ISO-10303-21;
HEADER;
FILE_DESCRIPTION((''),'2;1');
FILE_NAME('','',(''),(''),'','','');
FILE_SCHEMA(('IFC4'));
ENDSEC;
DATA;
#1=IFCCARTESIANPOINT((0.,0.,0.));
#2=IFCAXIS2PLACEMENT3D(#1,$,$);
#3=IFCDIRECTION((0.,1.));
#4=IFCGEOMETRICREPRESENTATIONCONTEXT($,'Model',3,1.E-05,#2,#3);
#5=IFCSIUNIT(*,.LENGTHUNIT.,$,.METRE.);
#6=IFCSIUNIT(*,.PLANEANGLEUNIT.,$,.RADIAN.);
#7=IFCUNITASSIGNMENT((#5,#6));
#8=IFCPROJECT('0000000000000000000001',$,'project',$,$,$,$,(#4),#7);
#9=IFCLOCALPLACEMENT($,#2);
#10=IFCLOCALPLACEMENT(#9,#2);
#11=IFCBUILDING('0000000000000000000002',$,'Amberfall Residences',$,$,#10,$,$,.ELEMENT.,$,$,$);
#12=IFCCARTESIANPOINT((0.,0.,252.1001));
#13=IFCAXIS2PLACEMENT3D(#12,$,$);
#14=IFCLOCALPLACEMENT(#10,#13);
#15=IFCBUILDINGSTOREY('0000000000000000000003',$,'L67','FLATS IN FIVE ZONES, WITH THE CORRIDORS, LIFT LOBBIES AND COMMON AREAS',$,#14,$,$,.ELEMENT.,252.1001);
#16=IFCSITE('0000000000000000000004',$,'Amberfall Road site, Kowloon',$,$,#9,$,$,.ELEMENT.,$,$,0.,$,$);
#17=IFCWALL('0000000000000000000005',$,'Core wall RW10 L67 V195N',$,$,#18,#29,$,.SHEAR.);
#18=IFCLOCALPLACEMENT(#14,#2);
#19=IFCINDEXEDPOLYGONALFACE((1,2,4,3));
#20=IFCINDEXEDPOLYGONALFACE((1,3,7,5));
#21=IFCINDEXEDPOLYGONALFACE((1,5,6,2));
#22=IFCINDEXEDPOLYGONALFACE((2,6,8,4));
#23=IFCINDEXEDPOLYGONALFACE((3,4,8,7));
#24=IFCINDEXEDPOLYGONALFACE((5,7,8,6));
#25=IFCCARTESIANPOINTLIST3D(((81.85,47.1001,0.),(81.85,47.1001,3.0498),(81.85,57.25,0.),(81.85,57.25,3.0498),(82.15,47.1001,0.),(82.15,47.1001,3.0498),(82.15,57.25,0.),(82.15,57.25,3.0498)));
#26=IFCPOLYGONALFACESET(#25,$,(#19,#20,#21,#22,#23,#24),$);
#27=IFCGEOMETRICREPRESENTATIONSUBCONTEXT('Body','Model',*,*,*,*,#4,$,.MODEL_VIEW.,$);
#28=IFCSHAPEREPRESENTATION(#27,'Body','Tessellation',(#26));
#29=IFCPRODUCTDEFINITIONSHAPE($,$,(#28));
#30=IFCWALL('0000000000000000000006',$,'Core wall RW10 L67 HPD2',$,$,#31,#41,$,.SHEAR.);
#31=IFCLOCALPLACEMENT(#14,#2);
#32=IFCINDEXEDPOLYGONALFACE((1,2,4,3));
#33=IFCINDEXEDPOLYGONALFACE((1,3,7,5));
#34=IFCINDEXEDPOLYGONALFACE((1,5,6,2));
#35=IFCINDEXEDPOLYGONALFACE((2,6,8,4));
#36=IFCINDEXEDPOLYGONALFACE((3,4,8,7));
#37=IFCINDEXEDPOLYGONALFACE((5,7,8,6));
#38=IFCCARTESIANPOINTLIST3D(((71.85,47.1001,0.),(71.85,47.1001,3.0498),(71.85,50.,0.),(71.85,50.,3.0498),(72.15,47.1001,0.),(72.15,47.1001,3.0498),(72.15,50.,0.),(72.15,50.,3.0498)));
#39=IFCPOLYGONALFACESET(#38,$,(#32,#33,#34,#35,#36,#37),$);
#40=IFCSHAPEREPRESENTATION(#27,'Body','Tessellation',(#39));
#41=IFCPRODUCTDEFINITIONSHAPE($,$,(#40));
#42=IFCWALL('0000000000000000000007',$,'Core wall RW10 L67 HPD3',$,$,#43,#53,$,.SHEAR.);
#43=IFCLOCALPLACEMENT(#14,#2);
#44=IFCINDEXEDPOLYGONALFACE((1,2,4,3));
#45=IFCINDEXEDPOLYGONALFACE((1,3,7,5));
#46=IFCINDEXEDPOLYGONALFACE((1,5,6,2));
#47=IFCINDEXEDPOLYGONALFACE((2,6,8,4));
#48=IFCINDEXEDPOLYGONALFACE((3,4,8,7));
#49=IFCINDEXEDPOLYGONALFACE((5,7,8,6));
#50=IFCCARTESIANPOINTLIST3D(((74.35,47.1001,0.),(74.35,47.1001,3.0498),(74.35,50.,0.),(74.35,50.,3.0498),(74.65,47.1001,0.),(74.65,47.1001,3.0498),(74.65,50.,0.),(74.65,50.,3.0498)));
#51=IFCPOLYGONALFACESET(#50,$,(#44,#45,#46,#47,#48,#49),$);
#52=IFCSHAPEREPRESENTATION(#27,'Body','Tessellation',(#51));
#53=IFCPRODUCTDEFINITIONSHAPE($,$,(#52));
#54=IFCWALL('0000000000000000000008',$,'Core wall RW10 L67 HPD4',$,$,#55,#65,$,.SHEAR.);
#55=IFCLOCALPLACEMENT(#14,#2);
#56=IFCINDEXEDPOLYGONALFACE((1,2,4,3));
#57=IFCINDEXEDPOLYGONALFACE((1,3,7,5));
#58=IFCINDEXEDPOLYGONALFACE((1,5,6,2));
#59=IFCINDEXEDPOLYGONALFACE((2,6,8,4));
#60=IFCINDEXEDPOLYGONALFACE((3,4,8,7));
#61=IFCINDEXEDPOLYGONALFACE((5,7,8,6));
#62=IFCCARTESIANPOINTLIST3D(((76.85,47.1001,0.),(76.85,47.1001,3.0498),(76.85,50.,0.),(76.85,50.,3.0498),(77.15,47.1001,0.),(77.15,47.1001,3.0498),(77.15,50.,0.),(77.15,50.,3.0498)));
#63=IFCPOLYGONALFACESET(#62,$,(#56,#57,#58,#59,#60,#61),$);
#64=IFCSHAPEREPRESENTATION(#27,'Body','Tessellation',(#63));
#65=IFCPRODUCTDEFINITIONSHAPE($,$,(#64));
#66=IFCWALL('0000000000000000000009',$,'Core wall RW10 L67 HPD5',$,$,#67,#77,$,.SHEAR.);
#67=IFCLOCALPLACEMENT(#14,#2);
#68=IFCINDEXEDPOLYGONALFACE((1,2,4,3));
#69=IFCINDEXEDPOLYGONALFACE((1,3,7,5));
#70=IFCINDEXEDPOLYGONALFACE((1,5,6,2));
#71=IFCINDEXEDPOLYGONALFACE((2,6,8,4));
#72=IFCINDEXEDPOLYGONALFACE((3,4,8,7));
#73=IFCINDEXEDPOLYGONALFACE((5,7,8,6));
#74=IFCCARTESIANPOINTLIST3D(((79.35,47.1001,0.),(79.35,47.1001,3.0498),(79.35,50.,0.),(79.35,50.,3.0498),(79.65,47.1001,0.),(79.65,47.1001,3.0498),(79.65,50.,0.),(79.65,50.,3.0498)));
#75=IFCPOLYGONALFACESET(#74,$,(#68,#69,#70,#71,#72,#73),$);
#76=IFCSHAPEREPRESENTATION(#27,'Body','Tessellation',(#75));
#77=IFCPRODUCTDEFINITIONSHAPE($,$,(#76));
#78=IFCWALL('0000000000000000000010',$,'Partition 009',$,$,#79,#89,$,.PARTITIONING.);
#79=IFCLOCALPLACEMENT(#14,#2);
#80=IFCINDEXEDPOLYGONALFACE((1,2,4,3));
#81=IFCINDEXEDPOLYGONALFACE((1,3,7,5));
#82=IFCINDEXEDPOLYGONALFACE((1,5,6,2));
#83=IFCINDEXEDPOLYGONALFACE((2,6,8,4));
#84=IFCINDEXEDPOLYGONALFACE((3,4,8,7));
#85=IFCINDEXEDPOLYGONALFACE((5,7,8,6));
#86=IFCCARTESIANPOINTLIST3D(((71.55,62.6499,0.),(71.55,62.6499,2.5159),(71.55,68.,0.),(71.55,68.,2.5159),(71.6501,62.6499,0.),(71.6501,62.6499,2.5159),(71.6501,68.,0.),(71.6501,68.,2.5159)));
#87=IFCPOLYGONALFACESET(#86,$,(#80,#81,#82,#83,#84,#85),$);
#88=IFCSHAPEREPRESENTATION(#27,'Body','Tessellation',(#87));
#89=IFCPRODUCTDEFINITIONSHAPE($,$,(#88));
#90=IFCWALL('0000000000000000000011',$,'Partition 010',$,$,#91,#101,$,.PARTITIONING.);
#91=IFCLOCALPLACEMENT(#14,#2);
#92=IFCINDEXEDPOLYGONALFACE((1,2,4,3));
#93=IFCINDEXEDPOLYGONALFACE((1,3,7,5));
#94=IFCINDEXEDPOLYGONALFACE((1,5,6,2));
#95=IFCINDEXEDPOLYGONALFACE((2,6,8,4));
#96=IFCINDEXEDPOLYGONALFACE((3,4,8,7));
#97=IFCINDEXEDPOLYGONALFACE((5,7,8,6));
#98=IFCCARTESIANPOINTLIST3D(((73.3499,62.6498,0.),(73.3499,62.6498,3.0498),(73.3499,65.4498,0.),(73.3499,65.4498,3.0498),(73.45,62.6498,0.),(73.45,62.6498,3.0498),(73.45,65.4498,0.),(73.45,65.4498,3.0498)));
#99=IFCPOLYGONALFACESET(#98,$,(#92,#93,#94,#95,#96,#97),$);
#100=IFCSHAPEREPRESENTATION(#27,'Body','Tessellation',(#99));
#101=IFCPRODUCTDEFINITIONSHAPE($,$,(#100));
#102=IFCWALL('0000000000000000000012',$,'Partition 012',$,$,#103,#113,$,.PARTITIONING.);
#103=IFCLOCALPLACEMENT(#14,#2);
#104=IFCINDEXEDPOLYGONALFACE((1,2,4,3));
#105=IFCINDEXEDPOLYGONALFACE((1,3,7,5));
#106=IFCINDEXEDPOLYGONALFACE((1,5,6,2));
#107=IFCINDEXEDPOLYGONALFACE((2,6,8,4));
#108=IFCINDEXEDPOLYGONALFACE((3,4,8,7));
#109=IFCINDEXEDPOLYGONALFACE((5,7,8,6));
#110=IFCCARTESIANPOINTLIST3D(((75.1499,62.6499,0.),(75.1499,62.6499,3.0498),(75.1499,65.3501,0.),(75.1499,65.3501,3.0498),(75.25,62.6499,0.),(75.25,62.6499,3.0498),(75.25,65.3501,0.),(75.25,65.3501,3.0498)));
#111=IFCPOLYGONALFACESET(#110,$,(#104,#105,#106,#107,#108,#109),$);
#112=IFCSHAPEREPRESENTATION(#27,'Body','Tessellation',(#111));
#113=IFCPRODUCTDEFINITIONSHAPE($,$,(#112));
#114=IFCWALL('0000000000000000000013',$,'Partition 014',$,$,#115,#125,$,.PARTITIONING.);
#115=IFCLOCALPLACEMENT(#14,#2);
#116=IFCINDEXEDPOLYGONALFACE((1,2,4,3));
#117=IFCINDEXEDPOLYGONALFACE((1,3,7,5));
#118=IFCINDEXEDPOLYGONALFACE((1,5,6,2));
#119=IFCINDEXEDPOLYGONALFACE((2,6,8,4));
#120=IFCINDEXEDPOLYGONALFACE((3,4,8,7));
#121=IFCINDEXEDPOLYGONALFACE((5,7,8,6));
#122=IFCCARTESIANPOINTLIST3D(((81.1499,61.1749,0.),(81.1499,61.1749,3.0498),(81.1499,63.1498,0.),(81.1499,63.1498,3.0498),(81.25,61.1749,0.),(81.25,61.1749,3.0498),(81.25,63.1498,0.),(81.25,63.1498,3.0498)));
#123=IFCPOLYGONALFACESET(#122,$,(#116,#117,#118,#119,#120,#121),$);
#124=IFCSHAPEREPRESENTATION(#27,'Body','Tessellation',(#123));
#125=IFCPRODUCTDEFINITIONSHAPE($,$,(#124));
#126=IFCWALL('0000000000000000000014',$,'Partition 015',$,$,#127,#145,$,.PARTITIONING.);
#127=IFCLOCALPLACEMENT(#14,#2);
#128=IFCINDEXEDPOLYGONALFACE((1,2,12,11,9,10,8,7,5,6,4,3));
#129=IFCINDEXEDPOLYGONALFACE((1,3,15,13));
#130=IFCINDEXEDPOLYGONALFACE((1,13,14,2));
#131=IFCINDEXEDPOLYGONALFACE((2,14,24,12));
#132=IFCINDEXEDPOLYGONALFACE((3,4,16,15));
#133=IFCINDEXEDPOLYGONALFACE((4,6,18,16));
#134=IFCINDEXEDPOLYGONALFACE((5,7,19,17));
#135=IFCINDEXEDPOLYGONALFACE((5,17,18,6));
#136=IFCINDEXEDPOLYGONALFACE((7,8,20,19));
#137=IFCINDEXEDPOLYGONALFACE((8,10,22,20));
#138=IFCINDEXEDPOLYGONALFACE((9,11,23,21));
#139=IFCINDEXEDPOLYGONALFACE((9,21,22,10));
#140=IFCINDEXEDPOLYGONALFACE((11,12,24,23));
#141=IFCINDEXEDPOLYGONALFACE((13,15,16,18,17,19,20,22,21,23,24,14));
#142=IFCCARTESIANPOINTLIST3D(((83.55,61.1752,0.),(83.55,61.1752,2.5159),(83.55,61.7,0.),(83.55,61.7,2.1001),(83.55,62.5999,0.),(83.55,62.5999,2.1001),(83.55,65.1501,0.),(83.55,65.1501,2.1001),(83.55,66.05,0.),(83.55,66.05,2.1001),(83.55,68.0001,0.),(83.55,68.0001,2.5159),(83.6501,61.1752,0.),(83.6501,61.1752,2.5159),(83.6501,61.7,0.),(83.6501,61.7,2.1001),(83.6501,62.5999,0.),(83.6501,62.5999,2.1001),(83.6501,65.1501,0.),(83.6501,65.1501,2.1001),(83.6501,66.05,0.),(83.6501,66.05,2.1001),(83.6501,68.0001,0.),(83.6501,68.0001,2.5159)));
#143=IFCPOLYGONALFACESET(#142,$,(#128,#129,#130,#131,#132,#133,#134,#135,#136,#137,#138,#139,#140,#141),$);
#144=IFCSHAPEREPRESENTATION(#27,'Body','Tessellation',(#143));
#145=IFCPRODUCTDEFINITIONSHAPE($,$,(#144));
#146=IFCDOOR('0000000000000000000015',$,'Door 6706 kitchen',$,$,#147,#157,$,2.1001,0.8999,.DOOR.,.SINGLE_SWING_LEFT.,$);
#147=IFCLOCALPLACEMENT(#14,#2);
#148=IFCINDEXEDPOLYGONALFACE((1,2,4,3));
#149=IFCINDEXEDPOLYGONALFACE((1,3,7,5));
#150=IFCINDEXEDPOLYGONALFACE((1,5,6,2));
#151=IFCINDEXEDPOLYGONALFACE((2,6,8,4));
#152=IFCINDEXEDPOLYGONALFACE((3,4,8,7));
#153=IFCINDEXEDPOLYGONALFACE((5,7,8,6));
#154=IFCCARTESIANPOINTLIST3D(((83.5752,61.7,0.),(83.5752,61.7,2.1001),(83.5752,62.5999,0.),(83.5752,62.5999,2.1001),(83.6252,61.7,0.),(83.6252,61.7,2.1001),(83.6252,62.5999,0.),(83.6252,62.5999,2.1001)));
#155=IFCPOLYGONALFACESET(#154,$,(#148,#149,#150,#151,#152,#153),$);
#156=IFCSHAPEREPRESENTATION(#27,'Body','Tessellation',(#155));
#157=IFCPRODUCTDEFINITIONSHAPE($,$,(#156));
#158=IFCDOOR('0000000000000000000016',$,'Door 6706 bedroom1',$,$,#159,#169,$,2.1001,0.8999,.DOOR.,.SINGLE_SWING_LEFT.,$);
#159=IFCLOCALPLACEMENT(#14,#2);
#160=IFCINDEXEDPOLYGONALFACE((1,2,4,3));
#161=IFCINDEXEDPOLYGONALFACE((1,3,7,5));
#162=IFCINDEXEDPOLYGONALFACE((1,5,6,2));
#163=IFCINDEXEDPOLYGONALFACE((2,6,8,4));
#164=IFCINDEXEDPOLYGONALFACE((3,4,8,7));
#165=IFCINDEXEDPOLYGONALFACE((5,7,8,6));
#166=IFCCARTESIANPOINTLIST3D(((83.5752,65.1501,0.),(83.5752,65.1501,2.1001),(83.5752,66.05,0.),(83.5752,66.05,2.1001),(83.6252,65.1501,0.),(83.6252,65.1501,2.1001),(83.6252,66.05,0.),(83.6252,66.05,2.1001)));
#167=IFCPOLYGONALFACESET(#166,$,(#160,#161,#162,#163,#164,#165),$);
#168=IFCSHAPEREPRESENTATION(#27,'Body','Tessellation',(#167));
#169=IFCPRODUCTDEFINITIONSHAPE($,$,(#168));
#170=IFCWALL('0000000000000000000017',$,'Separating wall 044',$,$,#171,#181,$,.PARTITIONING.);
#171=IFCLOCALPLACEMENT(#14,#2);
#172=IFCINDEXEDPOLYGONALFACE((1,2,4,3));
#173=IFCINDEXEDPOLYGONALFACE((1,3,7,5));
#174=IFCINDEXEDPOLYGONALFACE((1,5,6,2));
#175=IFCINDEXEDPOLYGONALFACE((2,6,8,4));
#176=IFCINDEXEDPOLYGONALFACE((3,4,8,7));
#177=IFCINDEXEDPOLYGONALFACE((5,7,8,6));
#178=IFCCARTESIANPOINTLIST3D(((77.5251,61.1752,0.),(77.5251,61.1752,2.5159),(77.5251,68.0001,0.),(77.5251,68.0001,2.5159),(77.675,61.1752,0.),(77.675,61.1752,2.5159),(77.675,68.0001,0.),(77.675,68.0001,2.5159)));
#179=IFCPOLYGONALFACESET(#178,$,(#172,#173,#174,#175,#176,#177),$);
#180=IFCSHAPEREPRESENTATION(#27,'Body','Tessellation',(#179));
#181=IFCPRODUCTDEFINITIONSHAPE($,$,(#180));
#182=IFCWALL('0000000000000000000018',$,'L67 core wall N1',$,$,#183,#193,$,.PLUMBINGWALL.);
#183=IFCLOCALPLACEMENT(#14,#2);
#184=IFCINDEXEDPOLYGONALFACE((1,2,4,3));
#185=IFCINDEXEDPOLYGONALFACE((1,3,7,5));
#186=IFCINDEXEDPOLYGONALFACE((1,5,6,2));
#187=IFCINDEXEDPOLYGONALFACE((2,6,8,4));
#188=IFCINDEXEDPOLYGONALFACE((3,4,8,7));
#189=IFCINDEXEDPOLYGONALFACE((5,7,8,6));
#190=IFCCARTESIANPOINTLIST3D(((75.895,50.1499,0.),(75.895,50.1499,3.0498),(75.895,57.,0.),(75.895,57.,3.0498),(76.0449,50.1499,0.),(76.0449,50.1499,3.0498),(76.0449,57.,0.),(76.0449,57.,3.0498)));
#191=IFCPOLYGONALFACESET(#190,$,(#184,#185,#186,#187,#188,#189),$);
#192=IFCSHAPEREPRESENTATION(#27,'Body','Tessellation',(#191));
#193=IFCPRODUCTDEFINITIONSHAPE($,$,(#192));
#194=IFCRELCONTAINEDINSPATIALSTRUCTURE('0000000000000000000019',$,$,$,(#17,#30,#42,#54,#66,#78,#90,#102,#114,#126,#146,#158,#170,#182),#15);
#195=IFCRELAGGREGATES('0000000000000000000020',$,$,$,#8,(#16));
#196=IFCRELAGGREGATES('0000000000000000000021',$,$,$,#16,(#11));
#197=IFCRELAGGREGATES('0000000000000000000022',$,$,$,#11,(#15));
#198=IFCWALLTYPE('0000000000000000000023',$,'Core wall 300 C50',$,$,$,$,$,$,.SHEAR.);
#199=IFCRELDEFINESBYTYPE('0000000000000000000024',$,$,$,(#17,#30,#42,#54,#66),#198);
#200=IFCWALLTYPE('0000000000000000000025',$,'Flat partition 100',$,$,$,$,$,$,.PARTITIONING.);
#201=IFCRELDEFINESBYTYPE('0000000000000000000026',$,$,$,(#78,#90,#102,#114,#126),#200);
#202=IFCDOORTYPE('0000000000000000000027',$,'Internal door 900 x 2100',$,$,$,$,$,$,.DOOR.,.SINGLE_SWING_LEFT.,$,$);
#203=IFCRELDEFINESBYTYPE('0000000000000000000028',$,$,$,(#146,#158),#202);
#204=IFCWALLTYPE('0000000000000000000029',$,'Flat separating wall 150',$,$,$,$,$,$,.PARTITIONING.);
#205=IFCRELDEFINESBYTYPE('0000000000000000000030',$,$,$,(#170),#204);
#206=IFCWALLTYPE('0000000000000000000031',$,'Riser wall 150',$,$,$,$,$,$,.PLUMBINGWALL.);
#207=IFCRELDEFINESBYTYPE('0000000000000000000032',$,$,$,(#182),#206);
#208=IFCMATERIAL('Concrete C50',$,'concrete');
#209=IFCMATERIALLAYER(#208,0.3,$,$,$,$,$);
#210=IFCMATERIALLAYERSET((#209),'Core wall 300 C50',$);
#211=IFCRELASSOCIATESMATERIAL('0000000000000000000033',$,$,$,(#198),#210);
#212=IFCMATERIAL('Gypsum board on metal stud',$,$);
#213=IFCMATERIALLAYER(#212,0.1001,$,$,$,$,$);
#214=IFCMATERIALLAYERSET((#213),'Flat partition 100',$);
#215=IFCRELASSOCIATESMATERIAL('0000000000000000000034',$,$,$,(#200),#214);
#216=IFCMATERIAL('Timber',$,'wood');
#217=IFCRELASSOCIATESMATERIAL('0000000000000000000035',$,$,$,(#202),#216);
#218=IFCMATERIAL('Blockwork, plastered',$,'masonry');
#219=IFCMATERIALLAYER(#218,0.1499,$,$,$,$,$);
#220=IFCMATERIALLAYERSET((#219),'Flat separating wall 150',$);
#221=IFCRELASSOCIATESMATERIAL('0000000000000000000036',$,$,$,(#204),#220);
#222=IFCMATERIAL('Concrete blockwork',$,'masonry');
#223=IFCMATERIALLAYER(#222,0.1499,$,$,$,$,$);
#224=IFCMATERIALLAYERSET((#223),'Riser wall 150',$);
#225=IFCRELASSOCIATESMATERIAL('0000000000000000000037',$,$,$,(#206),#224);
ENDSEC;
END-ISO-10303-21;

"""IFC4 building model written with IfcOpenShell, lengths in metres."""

from ifc_helpers import new_model, si_unit, direction, frame, frame_2d, origin, place, context, subcontext, project, spatial, rectangle, extrude, material, layer, layer_set, type_object, element, fill, save


model = new_model("IFC4")

# Units and contexts
model_context = context("Model", 3, precision=1e-05, world=origin(), true_north=direction((0.0, 1.0)))
body_context = subcontext(model_context, "Body", "Model", "MODEL_VIEW")
ifc_project = project(units=[si_unit("LENGTHUNIT", "METRE"), si_unit("PLANEANGLEUNIT", "RADIAN")], contexts=[model_context])

# Site, building, storey
site_placement = place(None, origin())
site = spatial("IfcSite", under=ifc_project, at=site_placement, Name="Amberfall Road site, Kowloon", CompositionType="ELEMENT", RefElevation=0.0)
building_placement = place(site_placement, origin())
building = spatial("IfcBuilding", under=site, at=building_placement, Name="Amberfall Residences", CompositionType="ELEMENT")
storey_placement = place(building_placement, frame((0.0, 0.0, 252.1001)))
storey = spatial("IfcBuildingStorey", under=building, at=storey_placement, Name="L67", Description="FLATS IN FIVE ZONES, WITH THE CORRIDORS, LIFT LOBBIES AND COMMON AREAS", CompositionType="ELEMENT", Elevation=252.1001)

# Walls
ifc_material_1 = material(Name="Concrete C50", Category="concrete")
ifc_layer_1 = layer(ifc_material_1, 0.3)
ifc_layer_set_1 = layer_set([ifc_layer_1], Name="Core wall 300 C50")
wall_type_1 = type_object("IfcWallType", Name="Core wall 300 C50", PredefinedType="SHEAR", material=ifc_layer_set_1)
wall_1_placement = place(storey_placement, frame((82.0, 47.1001, 0.0), z_axis=(0.0, 0.0, 1.0), x_axis=(0.0, 1.0, 0.0)))
element("IfcWall", 1, at=wall_1_placement, inside=storey, type_object=wall_type_1, Name="Core wall RW10 L67 V195N", PredefinedType="SHEAR", context=body_context, shape_type="SweptSolid", body=[
    extrude(rectangle(XDim=10.1499, YDim=0.3, at=frame_2d((5.075, 0.0))), origin(), (0.0, 0.0, 1.0), 3.0498),
])
for number, where, z_axis, x_axis, name in (
    (2, (72.0, 47.1001, 0.0), (0.0, 0.0, 1.0), (0.0, 1.0, 0.0), "Core wall RW10 L67 HPD2"),
    (3, (74.5, 47.1001, 0.0), (0.0, 0.0, 1.0), (0.0, 1.0, 0.0), "Core wall RW10 L67 HPD3"),
    (4, (77.0, 47.1001, 0.0), (0.0, 0.0, 1.0), (0.0, 1.0, 0.0), "Core wall RW10 L67 HPD4"),
    (5, (79.5, 47.1001, 0.0), (0.0, 0.0, 1.0), (0.0, 1.0, 0.0), "Core wall RW10 L67 HPD5"),
):
    element("IfcWall", number, at=place(storey_placement, frame(where, z_axis=z_axis, x_axis=x_axis)), inside=storey, type_object=wall_type_1, Name=name, PredefinedType="SHEAR", context=body_context, shape_type="SweptSolid", body=[
        extrude(rectangle(XDim=2.8999, YDim=0.3, at=frame_2d((1.45, 0.0))), origin(), (0.0, 0.0, 1.0), 3.0498),
    ])
ifc_material_2 = material(Name="Gypsum board on metal stud")
ifc_layer_2 = layer(ifc_material_2, 0.1001)
ifc_layer_set_2 = layer_set([ifc_layer_2], Name="Flat partition 100")
wall_type_2 = type_object("IfcWallType", Name="Flat partition 100", PredefinedType="PARTITIONING", material=ifc_layer_set_2)
wall_2_placement = place(storey_placement, frame((71.6001, 62.6499, 0.0), z_axis=(0.0, 0.0, 1.0), x_axis=(0.0, 1.0, 0.0)))
element("IfcWall", 6, at=wall_2_placement, inside=storey, type_object=wall_type_2, Name="Partition 009", PredefinedType="PARTITIONING", context=body_context, shape_type="SweptSolid", body=[
    extrude(rectangle(XDim=5.3501, YDim=0.1001, at=frame_2d((2.675, 0.0))), origin(), (0.0, 0.0, 1.0), 2.5159),
])
wall_3_placement = place(storey_placement, frame((73.3999, 62.6499, 0.0), z_axis=(0.0, 0.0, 1.0), x_axis=(0.0, 1.0, 0.0)))
element("IfcWall", 7, at=wall_3_placement, inside=storey, type_object=wall_type_2, Name="Partition 010", PredefinedType="PARTITIONING", context=body_context, shape_type="SweptSolid", body=[
    extrude(rectangle(XDim=2.8, YDim=0.1001, at=frame_2d((1.3999, 0.0))), origin(), (0.0, 0.0, 1.0), 3.0498),
])
wall_4_placement = place(storey_placement, frame((75.2, 62.6499, 0.0), z_axis=(0.0, 0.0, 1.0), x_axis=(0.0, 1.0, 0.0)))
element("IfcWall", 8, at=wall_4_placement, inside=storey, type_object=wall_type_2, Name="Partition 012", PredefinedType="PARTITIONING", context=body_context, shape_type="SweptSolid", body=[
    extrude(rectangle(XDim=2.7002, YDim=0.1001, at=frame_2d((1.3501, 0.0))), origin(), (0.0, 0.0, 1.0), 3.0498),
])
wall_5_placement = place(storey_placement, frame((81.2, 61.175, 0.0), z_axis=(0.0, 0.0, 1.0), x_axis=(0.0, 1.0, 0.0)))
element("IfcWall", 9, at=wall_5_placement, inside=storey, type_object=wall_type_2, Name="Partition 014", PredefinedType="PARTITIONING", context=body_context, shape_type="SweptSolid", body=[
    extrude(rectangle(XDim=1.9749, YDim=0.1001, at=frame_2d((0.9873, 0.0))), origin(), (0.0, 0.0, 1.0), 3.0498),
])

# Wall, openings, doors
wall_6_placement = place(storey_placement, frame((83.6001, 61.175, 0.0), z_axis=(0.0, 0.0, 1.0), x_axis=(0.0, 1.0, 0.0)))
wall_6 = element("IfcWall", 10, at=wall_6_placement, inside=storey, type_object=wall_type_2, Name="Partition 015", PredefinedType="PARTITIONING", context=body_context, shape_type="SweptSolid", body=[
    extrude(rectangle(XDim=6.825, YDim=0.1001, at=frame_2d((3.4126, 0.0))), origin(), (0.0, 0.0, 1.0), 2.5159),
])
opening_1_placement = place(wall_6_placement, frame((0.5249, 0.0, 0.0)))
opening_1 = element("IfcOpeningElement", 11, at=opening_1_placement, cuts=wall_6, PredefinedType="OPENING", context=body_context, shape_type="SweptSolid", body=[
    extrude(rectangle(XDim=0.8999, YDim=2.1001, at=frame_2d((0.45, 1.05))), frame((0.0, 0.0601, 0.0), z_axis=(0.0, -1.0, 0.0), x_axis=(1.0, 0.0, 0.0)), (0.0, 0.0, 1.0), 0.1201),
])
opening_2_placement = place(wall_6_placement, frame((3.9751, 0.0, 0.0)))
opening_2 = element("IfcOpeningElement", 12, at=opening_2_placement, cuts=wall_6, PredefinedType="OPENING", context=body_context, shape_type="SweptSolid", body=[
    extrude(rectangle(XDim=0.8999, YDim=2.1001, at=frame_2d((0.45, 1.05))), frame((0.0, 0.0601, 0.0), z_axis=(0.0, -1.0, 0.0), x_axis=(1.0, 0.0, 0.0)), (0.0, 0.0, 1.0), 0.1201),
])
ifc_material_3 = material(Name="Timber", Category="wood")
door_type = type_object("IfcDoorType", Name="Internal door 900 x 2100", OperationType="SINGLE_SWING_LEFT", PredefinedType="DOOR", material=ifc_material_3)
door_1_placement = place(opening_1_placement, origin())
door_1 = element("IfcDoor", 13, at=door_1_placement, inside=storey, type_object=door_type, Name="Door 6706 kitchen", OperationType="SINGLE_SWING_LEFT", OverallHeight=2.1001, OverallWidth=0.8999, PredefinedType="DOOR", context=body_context, shape_type="SweptSolid", body=[
    extrude(rectangle(XDim=0.8999, YDim=2.1001, at=frame_2d((0.45, 1.05))), frame((0.0, 0.0249, 0.0), z_axis=(0.0, -1.0, 0.0), x_axis=(1.0, 0.0, 0.0)), (0.0, 0.0, 1.0), 0.05),
])
fill(opening_1, door_1)
door_2_placement = place(opening_2_placement, origin())
door_2 = element("IfcDoor", 14, at=door_2_placement, inside=storey, type_object=door_type, Name="Door 6706 bedroom1", OperationType="SINGLE_SWING_LEFT", OverallHeight=2.1001, OverallWidth=0.8999, PredefinedType="DOOR", context=body_context, shape_type="SweptSolid", body=[
    extrude(rectangle(XDim=0.8999, YDim=2.1001, at=frame_2d((0.45, 1.05))), frame((0.0, 0.0249, 0.0), z_axis=(0.0, -1.0, 0.0), x_axis=(1.0, 0.0, 0.0)), (0.0, 0.0, 1.0), 0.05),
])
fill(opening_2, door_2)

# Walls
ifc_material_4 = material(Name="Blockwork, plastered", Category="masonry")
ifc_layer_3 = layer(ifc_material_4, 0.1499)
ifc_layer_set_3 = layer_set([ifc_layer_3], Name="Flat separating wall 150")
wall_type_3 = type_object("IfcWallType", Name="Flat separating wall 150", PredefinedType="PARTITIONING", material=ifc_layer_set_3)
wall_7_placement = place(storey_placement, frame((77.6001, 61.175, 0.0), z_axis=(0.0, 0.0, 1.0), x_axis=(0.0, 1.0, 0.0)))
element("IfcWall", 15, at=wall_7_placement, inside=storey, type_object=wall_type_3, Name="Separating wall 044", PredefinedType="PARTITIONING", context=body_context, shape_type="SweptSolid", body=[
    extrude(rectangle(XDim=6.825, YDim=0.1499, at=frame_2d((3.4126, 0.0))), origin(), (0.0, 0.0, 1.0), 2.5159),
])
ifc_material_5 = material(Name="Concrete blockwork", Category="masonry")
ifc_layer_4 = layer(ifc_material_5, 0.1499)
ifc_layer_set_4 = layer_set([ifc_layer_4], Name="Riser wall 150")
wall_type_4 = type_object("IfcWallType", Name="Riser wall 150", PredefinedType="PLUMBINGWALL", material=ifc_layer_set_4)
wall_8_placement = place(storey_placement, frame((75.97, 50.1499, 0.0), z_axis=(0.0, 0.0, 1.0), x_axis=(0.0, 1.0, 0.0)))
element("IfcWall", 16, at=wall_8_placement, inside=storey, type_object=wall_type_4, Name="L67 core wall N1", PredefinedType="PLUMBINGWALL", context=body_context, shape_type="SweptSolid", body=[
    extrude(rectangle(XDim=6.8501, YDim=0.1499, at=frame_2d((3.425, 0.0))), origin(), (0.0, 0.0, 1.0), 3.0498),
])

save(model, "model.ifc")
